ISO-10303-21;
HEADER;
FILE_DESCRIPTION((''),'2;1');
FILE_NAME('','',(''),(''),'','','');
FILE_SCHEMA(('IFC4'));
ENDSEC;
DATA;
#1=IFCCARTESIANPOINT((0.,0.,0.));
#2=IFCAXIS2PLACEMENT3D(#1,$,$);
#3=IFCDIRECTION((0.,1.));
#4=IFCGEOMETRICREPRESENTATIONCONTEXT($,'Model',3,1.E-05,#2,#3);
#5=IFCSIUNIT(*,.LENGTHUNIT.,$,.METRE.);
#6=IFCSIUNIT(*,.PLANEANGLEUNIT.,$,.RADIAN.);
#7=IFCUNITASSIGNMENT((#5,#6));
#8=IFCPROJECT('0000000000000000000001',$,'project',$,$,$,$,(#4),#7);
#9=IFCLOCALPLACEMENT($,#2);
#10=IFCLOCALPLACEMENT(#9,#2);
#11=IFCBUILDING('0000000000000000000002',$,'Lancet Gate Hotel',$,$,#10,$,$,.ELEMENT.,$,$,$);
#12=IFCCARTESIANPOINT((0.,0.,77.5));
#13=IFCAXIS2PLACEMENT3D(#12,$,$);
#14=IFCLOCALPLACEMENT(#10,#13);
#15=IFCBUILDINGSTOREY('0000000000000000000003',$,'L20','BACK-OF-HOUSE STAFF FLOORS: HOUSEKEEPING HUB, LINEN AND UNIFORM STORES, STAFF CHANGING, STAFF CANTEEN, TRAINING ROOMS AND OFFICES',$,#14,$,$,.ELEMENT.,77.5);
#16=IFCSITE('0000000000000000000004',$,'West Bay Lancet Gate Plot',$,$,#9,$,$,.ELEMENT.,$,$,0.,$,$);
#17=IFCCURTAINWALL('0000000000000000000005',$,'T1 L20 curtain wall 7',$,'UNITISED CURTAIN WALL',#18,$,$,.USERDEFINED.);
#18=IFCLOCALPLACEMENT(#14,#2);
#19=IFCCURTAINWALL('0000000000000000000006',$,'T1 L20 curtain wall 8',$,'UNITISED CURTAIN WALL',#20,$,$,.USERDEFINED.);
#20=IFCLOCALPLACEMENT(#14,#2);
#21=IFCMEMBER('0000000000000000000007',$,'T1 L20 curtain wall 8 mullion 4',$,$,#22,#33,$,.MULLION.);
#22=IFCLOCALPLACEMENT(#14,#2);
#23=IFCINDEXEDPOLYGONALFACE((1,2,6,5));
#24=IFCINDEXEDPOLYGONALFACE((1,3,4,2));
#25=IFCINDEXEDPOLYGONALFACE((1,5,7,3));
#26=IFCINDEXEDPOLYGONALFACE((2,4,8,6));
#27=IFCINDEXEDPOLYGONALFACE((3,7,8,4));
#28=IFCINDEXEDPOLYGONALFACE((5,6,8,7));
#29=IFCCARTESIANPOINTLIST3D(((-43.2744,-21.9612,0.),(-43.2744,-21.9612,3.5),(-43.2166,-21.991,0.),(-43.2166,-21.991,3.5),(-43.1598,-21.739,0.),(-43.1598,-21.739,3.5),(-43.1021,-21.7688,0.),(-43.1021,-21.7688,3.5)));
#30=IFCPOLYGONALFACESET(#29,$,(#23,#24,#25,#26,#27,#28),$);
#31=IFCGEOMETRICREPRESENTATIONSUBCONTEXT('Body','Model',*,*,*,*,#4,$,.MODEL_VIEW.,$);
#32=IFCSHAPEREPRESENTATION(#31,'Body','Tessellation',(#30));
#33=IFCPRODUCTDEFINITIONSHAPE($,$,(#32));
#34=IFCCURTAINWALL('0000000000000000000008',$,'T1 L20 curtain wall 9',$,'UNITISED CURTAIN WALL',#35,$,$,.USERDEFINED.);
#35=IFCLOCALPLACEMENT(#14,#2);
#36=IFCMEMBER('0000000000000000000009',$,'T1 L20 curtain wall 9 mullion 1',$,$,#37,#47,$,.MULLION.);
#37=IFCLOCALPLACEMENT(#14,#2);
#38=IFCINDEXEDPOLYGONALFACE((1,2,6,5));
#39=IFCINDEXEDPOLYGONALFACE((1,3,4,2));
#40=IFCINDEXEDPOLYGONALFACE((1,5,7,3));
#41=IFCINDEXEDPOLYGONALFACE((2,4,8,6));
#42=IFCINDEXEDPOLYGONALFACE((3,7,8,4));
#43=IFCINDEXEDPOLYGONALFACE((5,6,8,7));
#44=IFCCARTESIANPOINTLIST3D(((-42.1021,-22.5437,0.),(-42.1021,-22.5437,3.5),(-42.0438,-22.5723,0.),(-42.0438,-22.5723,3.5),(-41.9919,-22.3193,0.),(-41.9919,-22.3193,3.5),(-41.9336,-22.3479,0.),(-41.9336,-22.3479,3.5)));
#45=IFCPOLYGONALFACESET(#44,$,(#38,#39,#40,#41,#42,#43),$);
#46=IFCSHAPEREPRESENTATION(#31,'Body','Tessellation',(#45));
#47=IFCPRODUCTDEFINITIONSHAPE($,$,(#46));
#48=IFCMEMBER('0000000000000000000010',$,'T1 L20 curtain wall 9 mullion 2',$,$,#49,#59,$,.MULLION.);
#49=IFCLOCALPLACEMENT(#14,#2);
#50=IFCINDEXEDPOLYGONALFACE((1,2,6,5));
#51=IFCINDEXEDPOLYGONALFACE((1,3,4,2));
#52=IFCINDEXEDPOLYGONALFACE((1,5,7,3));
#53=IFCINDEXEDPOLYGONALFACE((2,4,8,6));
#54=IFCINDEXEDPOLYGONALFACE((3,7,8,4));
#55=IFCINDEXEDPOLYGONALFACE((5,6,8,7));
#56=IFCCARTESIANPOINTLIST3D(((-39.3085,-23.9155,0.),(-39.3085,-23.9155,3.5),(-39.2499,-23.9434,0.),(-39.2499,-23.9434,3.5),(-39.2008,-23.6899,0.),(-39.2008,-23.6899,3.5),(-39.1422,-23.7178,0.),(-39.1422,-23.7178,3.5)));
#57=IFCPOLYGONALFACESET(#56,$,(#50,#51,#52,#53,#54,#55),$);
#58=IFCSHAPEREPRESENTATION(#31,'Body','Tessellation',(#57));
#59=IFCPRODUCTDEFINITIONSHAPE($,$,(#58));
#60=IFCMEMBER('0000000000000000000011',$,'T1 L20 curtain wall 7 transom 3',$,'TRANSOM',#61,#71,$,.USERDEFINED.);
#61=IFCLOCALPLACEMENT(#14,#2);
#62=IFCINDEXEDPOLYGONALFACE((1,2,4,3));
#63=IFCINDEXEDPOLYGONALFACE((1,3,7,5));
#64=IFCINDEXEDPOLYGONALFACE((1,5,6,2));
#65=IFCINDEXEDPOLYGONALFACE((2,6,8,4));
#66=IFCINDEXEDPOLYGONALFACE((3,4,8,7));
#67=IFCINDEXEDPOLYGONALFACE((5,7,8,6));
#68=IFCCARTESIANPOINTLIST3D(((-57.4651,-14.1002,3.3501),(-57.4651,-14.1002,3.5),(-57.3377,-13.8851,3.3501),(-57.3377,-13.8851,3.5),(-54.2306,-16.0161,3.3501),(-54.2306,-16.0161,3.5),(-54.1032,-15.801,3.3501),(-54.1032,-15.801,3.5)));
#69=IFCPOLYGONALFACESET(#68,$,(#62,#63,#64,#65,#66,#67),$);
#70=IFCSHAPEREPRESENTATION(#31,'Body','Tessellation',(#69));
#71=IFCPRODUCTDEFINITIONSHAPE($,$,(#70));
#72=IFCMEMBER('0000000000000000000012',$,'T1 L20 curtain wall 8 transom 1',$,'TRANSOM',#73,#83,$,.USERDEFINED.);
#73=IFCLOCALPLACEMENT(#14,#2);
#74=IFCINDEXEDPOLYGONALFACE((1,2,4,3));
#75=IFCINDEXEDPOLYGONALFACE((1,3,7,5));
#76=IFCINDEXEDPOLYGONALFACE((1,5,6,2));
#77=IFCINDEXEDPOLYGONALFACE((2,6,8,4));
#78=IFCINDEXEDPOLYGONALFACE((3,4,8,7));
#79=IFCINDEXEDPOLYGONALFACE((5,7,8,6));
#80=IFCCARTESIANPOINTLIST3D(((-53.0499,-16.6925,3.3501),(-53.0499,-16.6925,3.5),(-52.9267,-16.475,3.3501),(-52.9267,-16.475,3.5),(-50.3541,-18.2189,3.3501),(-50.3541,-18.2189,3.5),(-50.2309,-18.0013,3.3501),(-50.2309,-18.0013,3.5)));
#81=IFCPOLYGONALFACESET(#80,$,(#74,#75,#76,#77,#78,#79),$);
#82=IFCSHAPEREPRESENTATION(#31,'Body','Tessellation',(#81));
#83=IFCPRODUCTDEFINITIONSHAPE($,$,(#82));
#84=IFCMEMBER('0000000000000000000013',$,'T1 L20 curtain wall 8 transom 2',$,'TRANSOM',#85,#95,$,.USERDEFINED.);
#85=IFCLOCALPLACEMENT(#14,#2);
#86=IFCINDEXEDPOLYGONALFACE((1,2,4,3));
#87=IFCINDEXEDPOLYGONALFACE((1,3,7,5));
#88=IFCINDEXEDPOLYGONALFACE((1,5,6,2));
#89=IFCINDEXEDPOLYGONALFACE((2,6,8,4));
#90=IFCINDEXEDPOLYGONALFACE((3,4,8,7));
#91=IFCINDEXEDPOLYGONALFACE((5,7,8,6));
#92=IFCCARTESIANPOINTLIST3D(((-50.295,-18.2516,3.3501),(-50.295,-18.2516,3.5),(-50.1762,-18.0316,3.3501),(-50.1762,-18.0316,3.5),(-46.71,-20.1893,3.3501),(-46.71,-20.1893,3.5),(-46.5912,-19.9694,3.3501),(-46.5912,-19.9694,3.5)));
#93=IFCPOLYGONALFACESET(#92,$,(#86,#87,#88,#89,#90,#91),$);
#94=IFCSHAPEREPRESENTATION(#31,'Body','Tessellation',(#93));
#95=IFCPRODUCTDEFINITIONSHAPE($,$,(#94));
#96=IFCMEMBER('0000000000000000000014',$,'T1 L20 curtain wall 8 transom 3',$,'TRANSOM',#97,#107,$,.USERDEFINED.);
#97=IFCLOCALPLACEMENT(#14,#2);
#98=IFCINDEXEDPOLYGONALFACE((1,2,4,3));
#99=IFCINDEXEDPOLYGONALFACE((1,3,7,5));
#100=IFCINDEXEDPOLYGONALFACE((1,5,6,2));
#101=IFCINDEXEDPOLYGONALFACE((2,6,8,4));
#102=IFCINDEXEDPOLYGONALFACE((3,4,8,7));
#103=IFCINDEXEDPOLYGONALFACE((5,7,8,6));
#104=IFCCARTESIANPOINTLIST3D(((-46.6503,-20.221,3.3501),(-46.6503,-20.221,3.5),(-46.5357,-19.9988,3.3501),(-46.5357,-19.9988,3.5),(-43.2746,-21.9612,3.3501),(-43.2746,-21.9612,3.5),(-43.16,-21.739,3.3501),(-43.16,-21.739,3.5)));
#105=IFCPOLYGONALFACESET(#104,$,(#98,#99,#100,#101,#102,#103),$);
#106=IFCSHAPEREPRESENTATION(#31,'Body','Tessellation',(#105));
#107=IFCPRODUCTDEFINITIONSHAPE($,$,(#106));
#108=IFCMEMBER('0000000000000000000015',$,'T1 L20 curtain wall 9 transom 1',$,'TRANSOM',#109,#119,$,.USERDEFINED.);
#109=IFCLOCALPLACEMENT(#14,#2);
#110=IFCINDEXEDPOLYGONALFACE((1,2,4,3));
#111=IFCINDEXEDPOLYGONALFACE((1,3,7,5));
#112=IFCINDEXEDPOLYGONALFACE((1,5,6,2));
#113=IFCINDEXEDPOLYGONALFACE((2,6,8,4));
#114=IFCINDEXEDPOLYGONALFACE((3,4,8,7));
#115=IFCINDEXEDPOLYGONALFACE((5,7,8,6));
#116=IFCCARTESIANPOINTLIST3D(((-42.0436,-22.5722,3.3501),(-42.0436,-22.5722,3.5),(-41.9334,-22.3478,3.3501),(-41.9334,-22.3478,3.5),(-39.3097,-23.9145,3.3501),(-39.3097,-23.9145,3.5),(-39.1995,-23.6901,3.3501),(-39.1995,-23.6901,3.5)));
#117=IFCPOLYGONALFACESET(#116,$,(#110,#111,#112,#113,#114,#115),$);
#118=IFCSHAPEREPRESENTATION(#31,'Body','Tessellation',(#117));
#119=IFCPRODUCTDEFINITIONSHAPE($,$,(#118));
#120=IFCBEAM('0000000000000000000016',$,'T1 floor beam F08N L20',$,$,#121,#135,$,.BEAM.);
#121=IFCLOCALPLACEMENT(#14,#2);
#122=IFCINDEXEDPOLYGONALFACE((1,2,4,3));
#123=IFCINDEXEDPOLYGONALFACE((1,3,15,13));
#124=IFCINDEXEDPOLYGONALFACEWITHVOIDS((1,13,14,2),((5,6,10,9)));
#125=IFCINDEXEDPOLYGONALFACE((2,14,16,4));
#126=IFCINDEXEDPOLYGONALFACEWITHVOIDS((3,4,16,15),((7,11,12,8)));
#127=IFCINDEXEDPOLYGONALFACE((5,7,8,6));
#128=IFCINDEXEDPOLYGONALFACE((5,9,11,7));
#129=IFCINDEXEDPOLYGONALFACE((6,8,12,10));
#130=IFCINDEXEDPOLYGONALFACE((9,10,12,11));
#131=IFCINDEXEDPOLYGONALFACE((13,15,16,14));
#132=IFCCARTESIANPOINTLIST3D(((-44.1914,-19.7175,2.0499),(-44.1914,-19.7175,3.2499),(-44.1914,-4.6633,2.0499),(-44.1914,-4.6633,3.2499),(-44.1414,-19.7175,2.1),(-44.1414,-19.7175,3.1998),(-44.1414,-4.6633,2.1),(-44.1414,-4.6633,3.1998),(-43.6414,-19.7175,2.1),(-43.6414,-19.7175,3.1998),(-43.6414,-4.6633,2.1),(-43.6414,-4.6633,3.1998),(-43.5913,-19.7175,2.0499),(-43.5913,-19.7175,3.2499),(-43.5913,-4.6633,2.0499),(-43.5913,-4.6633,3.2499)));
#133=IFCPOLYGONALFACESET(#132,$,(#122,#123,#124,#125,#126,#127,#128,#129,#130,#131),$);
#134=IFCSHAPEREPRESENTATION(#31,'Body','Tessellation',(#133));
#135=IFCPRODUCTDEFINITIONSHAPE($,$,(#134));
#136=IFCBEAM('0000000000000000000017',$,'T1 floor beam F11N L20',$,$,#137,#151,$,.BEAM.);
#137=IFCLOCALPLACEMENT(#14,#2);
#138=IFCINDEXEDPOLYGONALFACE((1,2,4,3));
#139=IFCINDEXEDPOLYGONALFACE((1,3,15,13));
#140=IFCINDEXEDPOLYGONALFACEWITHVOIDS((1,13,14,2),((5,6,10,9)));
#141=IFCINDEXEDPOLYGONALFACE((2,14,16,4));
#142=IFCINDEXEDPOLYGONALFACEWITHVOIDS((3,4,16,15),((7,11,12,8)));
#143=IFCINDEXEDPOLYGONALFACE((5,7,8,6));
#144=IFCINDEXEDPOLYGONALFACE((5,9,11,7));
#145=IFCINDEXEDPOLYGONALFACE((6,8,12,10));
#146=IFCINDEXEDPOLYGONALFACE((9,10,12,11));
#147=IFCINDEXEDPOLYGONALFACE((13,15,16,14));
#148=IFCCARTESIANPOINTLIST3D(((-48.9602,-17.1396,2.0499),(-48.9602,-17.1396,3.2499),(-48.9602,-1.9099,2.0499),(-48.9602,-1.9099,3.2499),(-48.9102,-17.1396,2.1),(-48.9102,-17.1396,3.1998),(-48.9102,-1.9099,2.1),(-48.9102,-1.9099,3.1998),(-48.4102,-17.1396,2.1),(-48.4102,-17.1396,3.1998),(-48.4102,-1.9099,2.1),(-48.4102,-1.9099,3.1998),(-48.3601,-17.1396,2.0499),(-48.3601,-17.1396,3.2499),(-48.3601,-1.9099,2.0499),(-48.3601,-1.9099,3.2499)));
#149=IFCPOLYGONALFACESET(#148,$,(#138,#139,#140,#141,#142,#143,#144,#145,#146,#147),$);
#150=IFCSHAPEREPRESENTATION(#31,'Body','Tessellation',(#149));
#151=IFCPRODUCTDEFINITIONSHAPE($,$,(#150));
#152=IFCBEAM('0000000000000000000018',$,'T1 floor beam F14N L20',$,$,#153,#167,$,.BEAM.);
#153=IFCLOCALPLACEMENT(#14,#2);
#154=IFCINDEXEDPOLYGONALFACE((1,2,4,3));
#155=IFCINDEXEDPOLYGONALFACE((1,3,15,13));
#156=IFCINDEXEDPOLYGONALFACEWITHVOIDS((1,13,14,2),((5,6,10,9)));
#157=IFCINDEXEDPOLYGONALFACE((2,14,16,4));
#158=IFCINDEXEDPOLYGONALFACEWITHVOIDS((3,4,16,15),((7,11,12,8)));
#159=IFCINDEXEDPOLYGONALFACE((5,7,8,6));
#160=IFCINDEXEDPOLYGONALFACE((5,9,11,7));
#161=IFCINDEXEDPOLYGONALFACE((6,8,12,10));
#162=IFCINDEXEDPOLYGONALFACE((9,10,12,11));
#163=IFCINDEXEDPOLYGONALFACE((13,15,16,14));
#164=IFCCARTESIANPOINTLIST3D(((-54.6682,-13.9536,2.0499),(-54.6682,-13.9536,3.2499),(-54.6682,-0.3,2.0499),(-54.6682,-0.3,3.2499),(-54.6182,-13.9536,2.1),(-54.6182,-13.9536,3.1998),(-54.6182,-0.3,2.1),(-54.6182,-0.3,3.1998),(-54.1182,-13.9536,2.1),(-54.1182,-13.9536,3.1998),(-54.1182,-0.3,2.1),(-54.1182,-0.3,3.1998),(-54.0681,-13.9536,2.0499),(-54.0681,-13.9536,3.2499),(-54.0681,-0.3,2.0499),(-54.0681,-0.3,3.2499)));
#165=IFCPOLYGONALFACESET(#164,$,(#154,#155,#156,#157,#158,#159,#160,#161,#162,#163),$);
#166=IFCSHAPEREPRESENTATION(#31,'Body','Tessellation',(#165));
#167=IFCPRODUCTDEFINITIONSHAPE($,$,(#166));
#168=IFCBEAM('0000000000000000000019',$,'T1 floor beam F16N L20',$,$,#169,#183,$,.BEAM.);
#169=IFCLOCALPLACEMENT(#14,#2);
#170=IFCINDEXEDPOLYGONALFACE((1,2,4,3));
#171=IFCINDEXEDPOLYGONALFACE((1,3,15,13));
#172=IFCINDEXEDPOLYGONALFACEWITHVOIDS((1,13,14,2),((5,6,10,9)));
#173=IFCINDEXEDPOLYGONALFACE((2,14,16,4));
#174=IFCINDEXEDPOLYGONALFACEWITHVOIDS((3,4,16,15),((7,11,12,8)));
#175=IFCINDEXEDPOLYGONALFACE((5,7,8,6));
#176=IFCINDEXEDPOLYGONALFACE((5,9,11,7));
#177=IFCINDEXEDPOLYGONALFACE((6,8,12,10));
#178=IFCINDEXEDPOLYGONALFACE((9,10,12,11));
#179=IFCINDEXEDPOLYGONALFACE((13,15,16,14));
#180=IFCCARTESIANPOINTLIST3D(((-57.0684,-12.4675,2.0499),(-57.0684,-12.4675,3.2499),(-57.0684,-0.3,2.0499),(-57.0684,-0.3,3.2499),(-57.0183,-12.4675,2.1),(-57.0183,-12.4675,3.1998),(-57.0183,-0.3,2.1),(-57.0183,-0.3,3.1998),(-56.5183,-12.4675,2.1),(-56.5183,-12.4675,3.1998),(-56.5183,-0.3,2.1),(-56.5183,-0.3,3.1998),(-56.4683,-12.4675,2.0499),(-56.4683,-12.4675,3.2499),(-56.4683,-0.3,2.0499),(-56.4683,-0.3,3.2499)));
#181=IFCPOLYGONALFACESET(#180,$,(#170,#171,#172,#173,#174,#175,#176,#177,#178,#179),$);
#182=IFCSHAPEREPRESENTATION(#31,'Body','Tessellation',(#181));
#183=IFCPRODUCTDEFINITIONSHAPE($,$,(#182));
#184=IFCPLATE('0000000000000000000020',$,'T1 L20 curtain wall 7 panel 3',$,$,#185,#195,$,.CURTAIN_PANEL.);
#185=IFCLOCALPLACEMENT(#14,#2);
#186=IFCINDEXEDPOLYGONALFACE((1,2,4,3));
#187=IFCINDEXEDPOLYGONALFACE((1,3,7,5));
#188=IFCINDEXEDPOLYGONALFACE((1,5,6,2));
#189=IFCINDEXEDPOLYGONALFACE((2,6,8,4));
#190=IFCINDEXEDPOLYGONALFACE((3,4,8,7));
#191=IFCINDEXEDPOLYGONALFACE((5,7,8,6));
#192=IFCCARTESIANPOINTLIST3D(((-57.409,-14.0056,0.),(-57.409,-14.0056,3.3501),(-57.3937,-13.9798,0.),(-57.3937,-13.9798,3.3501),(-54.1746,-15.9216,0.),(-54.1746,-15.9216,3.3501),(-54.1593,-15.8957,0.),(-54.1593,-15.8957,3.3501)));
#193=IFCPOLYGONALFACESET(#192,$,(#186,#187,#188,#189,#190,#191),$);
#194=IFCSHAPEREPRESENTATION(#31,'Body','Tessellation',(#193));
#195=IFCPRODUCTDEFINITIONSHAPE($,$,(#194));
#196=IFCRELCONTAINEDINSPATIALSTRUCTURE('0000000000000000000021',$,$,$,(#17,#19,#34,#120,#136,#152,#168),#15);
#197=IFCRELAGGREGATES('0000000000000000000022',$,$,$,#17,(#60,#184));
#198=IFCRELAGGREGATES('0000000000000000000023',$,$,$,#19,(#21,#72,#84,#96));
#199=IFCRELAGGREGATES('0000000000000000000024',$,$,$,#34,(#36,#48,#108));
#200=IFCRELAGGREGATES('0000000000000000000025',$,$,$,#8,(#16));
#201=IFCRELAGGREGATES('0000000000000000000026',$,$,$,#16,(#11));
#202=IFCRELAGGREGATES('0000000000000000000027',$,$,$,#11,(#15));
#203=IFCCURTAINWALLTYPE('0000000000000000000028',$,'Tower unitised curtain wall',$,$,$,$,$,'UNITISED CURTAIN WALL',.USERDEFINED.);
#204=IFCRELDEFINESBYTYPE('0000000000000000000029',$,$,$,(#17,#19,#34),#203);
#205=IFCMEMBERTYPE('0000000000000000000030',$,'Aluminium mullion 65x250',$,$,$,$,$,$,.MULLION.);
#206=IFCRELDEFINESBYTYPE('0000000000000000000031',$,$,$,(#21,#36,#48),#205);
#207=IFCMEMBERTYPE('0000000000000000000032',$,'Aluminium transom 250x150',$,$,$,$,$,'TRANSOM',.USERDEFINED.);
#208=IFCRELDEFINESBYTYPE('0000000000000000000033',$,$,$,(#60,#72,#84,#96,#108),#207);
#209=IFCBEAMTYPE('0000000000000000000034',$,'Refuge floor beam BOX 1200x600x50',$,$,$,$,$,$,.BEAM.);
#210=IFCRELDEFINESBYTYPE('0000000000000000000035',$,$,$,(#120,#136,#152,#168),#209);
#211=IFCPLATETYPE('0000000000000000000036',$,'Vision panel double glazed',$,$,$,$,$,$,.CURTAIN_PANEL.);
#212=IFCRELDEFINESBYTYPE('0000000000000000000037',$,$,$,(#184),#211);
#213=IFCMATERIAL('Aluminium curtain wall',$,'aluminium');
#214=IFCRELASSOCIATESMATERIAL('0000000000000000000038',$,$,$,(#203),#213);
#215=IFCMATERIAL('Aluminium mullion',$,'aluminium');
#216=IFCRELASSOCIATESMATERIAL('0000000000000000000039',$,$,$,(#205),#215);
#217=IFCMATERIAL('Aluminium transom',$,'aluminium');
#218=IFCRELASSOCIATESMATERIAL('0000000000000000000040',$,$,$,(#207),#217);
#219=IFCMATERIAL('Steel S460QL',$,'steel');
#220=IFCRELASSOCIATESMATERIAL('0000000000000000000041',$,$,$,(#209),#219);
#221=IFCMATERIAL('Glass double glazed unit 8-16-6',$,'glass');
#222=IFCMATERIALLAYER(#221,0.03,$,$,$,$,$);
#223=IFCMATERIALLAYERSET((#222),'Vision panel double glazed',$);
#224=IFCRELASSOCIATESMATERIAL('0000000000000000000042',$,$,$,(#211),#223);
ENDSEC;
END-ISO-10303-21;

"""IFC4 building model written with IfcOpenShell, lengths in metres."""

from ifc_helpers import new_model, si_unit, direction, frame, origin, origin_2d, place, context, subcontext, project, spatial, rectangle, hollow_rectangle, extrude, material, layer, layer_set, material_profile, profile_set, type_object, element, aggregate, save


model = new_model("IFC4")

# Units and contexts
model_context = context("Model", 3, precision=1e-05, world=origin(), true_north=direction((0.0, 1.0)))
body_context = subcontext(model_context, "Body", "Model", "MODEL_VIEW")
ifc_project = project(units=[si_unit("LENGTHUNIT", "METRE"), si_unit("PLANEANGLEUNIT", "RADIAN")], contexts=[model_context])

# Site, building, storey
site_placement = place(None, origin())
site = spatial("IfcSite", under=ifc_project, at=site_placement, Name="West Bay Lancet Gate Plot", CompositionType="ELEMENT", RefElevation=0.0)
building_placement = place(site_placement, origin())
building = spatial("IfcBuilding", under=site, at=building_placement, Name="Lancet Gate Hotel", CompositionType="ELEMENT")
storey_placement = place(building_placement, frame((0.0, 0.0, 77.5)))
storey = spatial("IfcBuildingStorey", under=building, at=storey_placement, Name="L20", Description="BACK-OF-HOUSE STAFF FLOORS: HOUSEKEEPING HUB, LINEN AND UNIFORM STORES, STAFF CHANGING, STAFF CANTEEN, TRAINING ROOMS AND OFFICES", CompositionType="ELEMENT", Elevation=77.5)

# Curtain walls, members
ifc_material_1 = material(Name="Aluminium curtain wall", Category="aluminium")
curtain_wall_type = type_object("IfcCurtainWallType", Name="Tower unitised curtain wall", ElementType="UNITISED CURTAIN WALL", PredefinedType="USERDEFINED", material=ifc_material_1)
curtain_wall_1_placement = place(storey_placement, origin())
curtain_wall_1 = element("IfcCurtainWall", 1, at=curtain_wall_1_placement, inside=storey, type_object=curtain_wall_type, Name="T1 L20 curtain wall 7", ObjectType="UNITISED CURTAIN WALL", PredefinedType="USERDEFINED")
ifc_material_2 = material(Name="Aluminium mullion", Category="aluminium")
ifc_material_profile_1 = material_profile(ifc_material_2, rectangle(XDim=0.0649, YDim=0.25, at=origin_2d()), Name="MULLION 65x250")
ifc_profile_set_1 = profile_set([ifc_material_profile_1], Name="Aluminium mullion")
member_type_1 = type_object("IfcMemberType", Name="Aluminium mullion 65x250", PredefinedType="MULLION", material=ifc_profile_set_1)
curtain_wall_2_placement = place(storey_placement, origin())
curtain_wall_2 = element("IfcCurtainWall", 2, at=curtain_wall_2_placement, inside=storey, type_object=curtain_wall_type, Name="T1 L20 curtain wall 8", ObjectType="UNITISED CURTAIN WALL", PredefinedType="USERDEFINED")
member_1_placement = place(storey_placement, frame((-43.1882, -21.865, 0.0), z_axis=(0.0, 0.0, 1.0), x_axis=(0.888844, -0.45821, 0.0)))
member_1 = element("IfcMember", 3, at=member_1_placement, type_object=member_type_1, Name="T1 L20 curtain wall 8 mullion 4", PredefinedType="MULLION", context=body_context, shape_type="SweptSolid", body=[
    extrude(rectangle(XDim=0.0649, YDim=0.25, at=origin_2d()), origin(), (0.0, 0.0, 1.0), 3.5),
])
curtain_wall_3_placement = place(storey_placement, origin())
curtain_wall_3 = element("IfcCurtainWall", 4, at=curtain_wall_3_placement, inside=storey, type_object=curtain_wall_type, Name="T1 L20 curtain wall 9", ObjectType="UNITISED CURTAIN WALL", PredefinedType="USERDEFINED")
member_2_placement = place(storey_placement, frame((-42.0178, -22.4458, 0.0), z_axis=(0.0, 0.0, 1.0), x_axis=(0.897653, -0.440702, 0.0)))
member_2 = element("IfcMember", 5, at=member_2_placement, type_object=member_type_1, Name="T1 L20 curtain wall 9 mullion 1", PredefinedType="MULLION", context=body_context, shape_type="SweptSolid", body=[
    extrude(rectangle(XDim=0.0649, YDim=0.25, at=origin_2d()), origin(), (0.0, 0.0, 1.0), 3.5),
])
member_3_placement = place(storey_placement, frame((-39.2253, -23.8167, 0.0), z_axis=(0.0, 0.0, 1.0), x_axis=(0.902529, -0.430629, 0.0)))
member_3 = element("IfcMember", 6, at=member_3_placement, type_object=member_type_1, Name="T1 L20 curtain wall 9 mullion 2", PredefinedType="MULLION", context=body_context, shape_type="SweptSolid", body=[
    extrude(rectangle(XDim=0.0649, YDim=0.25, at=origin_2d()), origin(), (0.0, 0.0, 1.0), 3.5),
])

# Members
ifc_material_3 = material(Name="Aluminium transom", Category="aluminium")
ifc_material_profile_2 = material_profile(ifc_material_3, rectangle(XDim=0.25, YDim=0.1499, at=origin_2d()), Name="TRANSOM 250x150")
ifc_profile_set_2 = profile_set([ifc_material_profile_2], Name="Aluminium transom")
member_type_2 = type_object("IfcMemberType", Name="Aluminium transom 250x150", ElementType="TRANSOM", PredefinedType="USERDEFINED", material=ifc_profile_set_2)
member_4_placement = place(storey_placement, frame((-57.4014, -13.9927, 3.425), z_axis=(0.860396, -0.509626, 0.0), x_axis=(0.509626, 0.860396, 0.0)))
member_4 = element("IfcMember", 7, at=member_4_placement, type_object=member_type_2, Name="T1 L20 curtain wall 7 transom 3", ObjectType="TRANSOM", PredefinedType="USERDEFINED", context=body_context, shape_type="SweptSolid", body=[
    extrude(rectangle(XDim=0.25, YDim=0.1499, at=origin_2d()), origin(), (0.0, 0.0, 1.0), 3.7593),
])
member_5_placement = place(storey_placement, frame((-52.9883, -16.5837, 3.425), z_axis=(0.870196, -0.492706, 0.0), x_axis=(0.492706, 0.870196, 0.0)))
member_5 = element("IfcMember", 8, at=member_5_placement, type_object=member_type_2, Name="T1 L20 curtain wall 8 transom 1", ObjectType="TRANSOM", PredefinedType="USERDEFINED", context=body_context, shape_type="SweptSolid", body=[
    extrude(rectangle(XDim=0.25, YDim=0.1499, at=origin_2d()), origin(), (0.0, 0.0, 1.0), 3.0979),
])
member_6_placement = place(storey_placement, frame((-50.2356, -18.1416, 3.425), z_axis=(0.879714, -0.475503, 0.0), x_axis=(0.475503, 0.879714, 0.0)))
member_6 = element("IfcMember", 9, at=member_6_placement, type_object=member_type_2, Name="T1 L20 curtain wall 8 transom 2", ObjectType="TRANSOM", PredefinedType="USERDEFINED", context=body_context, shape_type="SweptSolid", body=[
    extrude(rectangle(XDim=0.25, YDim=0.1499, at=origin_2d()), origin(), (0.0, 0.0, 1.0), 4.0752),
])
member_7_placement = place(storey_placement, frame((-46.593, -20.1099, 3.425), z_axis=(0.888844, -0.458211, 0.0), x_axis=(0.458211, 0.888844, 0.0)))
member_7 = element("IfcMember", 10, at=member_7_placement, type_object=member_type_2, Name="T1 L20 curtain wall 8 transom 3", ObjectType="TRANSOM", PredefinedType="USERDEFINED", context=body_context, shape_type="SweptSolid", body=[
    extrude(rectangle(XDim=0.25, YDim=0.1499, at=origin_2d()), origin(), (0.0, 0.0, 1.0), 3.7979),
])
member_8_placement = place(storey_placement, frame((-41.9885, -22.46, 3.425), z_axis=(0.897642, -0.440725, 0.0), x_axis=(0.440725, 0.897642, 0.0)))
member_8 = element("IfcMember", 11, at=member_8_placement, type_object=member_type_2, Name="T1 L20 curtain wall 9 transom 1", ObjectType="TRANSOM", PredefinedType="USERDEFINED", context=body_context, shape_type="SweptSolid", body=[
    extrude(rectangle(XDim=0.25, YDim=0.1499, at=origin_2d()), origin(), (0.0, 0.0, 1.0), 3.0457),
])

# Beams
ifc_material_4 = material(Name="Steel S460QL", Category="steel")
ifc_material_profile_3 = material_profile(ifc_material_4, hollow_rectangle(XDim=0.6001, YDim=1.2, WallThickness=0.05, at=origin_2d()), Name="BOX 1200x600x50")
ifc_profile_set_3 = profile_set([ifc_material_profile_3], Name="Steel S460QL")
beam_type = type_object("IfcBeamType", Name="Refuge floor beam BOX 1200x600x50", PredefinedType="BEAM", material=ifc_profile_set_3)
beam_1_placement = place(storey_placement, frame((-43.8914, -4.6633, 2.6499), z_axis=(0.0, -1.0, 0.0), x_axis=(1.0, 0.0, 0.0)))
element("IfcBeam", 12, at=beam_1_placement, inside=storey, type_object=beam_type, Name="T1 floor beam F08N L20", PredefinedType="BEAM", context=body_context, shape_type="SweptSolid", body=[
    extrude(hollow_rectangle(XDim=0.6001, YDim=1.2, WallThickness=0.05, at=origin_2d()), origin(), (0.0, 0.0, 1.0), 15.0542),
])
beam_2_placement = place(storey_placement, frame((-48.6602, -1.9099, 2.6499), z_axis=(0.0, -1.0, 0.0), x_axis=(1.0, 0.0, 0.0)))
element("IfcBeam", 13, at=beam_2_placement, inside=storey, type_object=beam_type, Name="T1 floor beam F11N L20", PredefinedType="BEAM", context=body_context, shape_type="SweptSolid", body=[
    extrude(hollow_rectangle(XDim=0.6001, YDim=1.2, WallThickness=0.05, at=origin_2d()), origin(), (0.0, 0.0, 1.0), 15.2297),
])
beam_3_placement = place(storey_placement, frame((-54.3682, -0.3, 2.6499), z_axis=(0.0, -1.0, 0.0), x_axis=(1.0, 0.0, 0.0)))
element("IfcBeam", 14, at=beam_3_placement, inside=storey, type_object=beam_type, Name="T1 floor beam F14N L20", PredefinedType="BEAM", context=body_context, shape_type="SweptSolid", body=[
    extrude(hollow_rectangle(XDim=0.6001, YDim=1.2, WallThickness=0.05, at=origin_2d()), origin(), (0.0, 0.0, 1.0), 13.6536),
])
beam_4_placement = place(storey_placement, frame((-56.7683, -0.3, 2.6499), z_axis=(0.0, -1.0, 0.0), x_axis=(1.0, 0.0, 0.0)))
element("IfcBeam", 15, at=beam_4_placement, inside=storey, type_object=beam_type, Name="T1 floor beam F16N L20", PredefinedType="BEAM", context=body_context, shape_type="SweptSolid", body=[
    extrude(hollow_rectangle(XDim=0.6001, YDim=1.2, WallThickness=0.05, at=origin_2d()), origin(), (0.0, 0.0, 1.0), 12.1675),
])

# Plate
ifc_material_5 = material(Name="Glass double glazed unit 8-16-6", Category="glass")
ifc_layer_1 = layer(ifc_material_5, 0.03)
ifc_layer_set_1 = layer_set([ifc_layer_1], Name="Vision panel double glazed")
plate_type = type_object("IfcPlateType", Name="Vision panel double glazed", PredefinedType="CURTAIN_PANEL", material=ifc_layer_set_1)
plate_1_placement = place(storey_placement, frame((-55.7842, -14.9507, 0.0), z_axis=(0.0, 0.0, 1.0), x_axis=(0.860382, -0.50965, 0.0)))
plate_1 = element("IfcPlate", 16, at=plate_1_placement, type_object=plate_type, Name="T1 L20 curtain wall 7 panel 3", PredefinedType="CURTAIN_PANEL", context=body_context, shape_type="SweptSolid", body=[
    extrude(rectangle(XDim=3.7593, YDim=0.03, at=origin_2d()), origin(), (0.0, 0.0, 1.0), 3.3501),
])
aggregate(curtain_wall_1, [member_4, plate_1])
aggregate(curtain_wall_2, [member_1, member_5, member_6, member_7])
aggregate(curtain_wall_3, [member_2, member_3, member_8])

save(model, "model.ifc")
